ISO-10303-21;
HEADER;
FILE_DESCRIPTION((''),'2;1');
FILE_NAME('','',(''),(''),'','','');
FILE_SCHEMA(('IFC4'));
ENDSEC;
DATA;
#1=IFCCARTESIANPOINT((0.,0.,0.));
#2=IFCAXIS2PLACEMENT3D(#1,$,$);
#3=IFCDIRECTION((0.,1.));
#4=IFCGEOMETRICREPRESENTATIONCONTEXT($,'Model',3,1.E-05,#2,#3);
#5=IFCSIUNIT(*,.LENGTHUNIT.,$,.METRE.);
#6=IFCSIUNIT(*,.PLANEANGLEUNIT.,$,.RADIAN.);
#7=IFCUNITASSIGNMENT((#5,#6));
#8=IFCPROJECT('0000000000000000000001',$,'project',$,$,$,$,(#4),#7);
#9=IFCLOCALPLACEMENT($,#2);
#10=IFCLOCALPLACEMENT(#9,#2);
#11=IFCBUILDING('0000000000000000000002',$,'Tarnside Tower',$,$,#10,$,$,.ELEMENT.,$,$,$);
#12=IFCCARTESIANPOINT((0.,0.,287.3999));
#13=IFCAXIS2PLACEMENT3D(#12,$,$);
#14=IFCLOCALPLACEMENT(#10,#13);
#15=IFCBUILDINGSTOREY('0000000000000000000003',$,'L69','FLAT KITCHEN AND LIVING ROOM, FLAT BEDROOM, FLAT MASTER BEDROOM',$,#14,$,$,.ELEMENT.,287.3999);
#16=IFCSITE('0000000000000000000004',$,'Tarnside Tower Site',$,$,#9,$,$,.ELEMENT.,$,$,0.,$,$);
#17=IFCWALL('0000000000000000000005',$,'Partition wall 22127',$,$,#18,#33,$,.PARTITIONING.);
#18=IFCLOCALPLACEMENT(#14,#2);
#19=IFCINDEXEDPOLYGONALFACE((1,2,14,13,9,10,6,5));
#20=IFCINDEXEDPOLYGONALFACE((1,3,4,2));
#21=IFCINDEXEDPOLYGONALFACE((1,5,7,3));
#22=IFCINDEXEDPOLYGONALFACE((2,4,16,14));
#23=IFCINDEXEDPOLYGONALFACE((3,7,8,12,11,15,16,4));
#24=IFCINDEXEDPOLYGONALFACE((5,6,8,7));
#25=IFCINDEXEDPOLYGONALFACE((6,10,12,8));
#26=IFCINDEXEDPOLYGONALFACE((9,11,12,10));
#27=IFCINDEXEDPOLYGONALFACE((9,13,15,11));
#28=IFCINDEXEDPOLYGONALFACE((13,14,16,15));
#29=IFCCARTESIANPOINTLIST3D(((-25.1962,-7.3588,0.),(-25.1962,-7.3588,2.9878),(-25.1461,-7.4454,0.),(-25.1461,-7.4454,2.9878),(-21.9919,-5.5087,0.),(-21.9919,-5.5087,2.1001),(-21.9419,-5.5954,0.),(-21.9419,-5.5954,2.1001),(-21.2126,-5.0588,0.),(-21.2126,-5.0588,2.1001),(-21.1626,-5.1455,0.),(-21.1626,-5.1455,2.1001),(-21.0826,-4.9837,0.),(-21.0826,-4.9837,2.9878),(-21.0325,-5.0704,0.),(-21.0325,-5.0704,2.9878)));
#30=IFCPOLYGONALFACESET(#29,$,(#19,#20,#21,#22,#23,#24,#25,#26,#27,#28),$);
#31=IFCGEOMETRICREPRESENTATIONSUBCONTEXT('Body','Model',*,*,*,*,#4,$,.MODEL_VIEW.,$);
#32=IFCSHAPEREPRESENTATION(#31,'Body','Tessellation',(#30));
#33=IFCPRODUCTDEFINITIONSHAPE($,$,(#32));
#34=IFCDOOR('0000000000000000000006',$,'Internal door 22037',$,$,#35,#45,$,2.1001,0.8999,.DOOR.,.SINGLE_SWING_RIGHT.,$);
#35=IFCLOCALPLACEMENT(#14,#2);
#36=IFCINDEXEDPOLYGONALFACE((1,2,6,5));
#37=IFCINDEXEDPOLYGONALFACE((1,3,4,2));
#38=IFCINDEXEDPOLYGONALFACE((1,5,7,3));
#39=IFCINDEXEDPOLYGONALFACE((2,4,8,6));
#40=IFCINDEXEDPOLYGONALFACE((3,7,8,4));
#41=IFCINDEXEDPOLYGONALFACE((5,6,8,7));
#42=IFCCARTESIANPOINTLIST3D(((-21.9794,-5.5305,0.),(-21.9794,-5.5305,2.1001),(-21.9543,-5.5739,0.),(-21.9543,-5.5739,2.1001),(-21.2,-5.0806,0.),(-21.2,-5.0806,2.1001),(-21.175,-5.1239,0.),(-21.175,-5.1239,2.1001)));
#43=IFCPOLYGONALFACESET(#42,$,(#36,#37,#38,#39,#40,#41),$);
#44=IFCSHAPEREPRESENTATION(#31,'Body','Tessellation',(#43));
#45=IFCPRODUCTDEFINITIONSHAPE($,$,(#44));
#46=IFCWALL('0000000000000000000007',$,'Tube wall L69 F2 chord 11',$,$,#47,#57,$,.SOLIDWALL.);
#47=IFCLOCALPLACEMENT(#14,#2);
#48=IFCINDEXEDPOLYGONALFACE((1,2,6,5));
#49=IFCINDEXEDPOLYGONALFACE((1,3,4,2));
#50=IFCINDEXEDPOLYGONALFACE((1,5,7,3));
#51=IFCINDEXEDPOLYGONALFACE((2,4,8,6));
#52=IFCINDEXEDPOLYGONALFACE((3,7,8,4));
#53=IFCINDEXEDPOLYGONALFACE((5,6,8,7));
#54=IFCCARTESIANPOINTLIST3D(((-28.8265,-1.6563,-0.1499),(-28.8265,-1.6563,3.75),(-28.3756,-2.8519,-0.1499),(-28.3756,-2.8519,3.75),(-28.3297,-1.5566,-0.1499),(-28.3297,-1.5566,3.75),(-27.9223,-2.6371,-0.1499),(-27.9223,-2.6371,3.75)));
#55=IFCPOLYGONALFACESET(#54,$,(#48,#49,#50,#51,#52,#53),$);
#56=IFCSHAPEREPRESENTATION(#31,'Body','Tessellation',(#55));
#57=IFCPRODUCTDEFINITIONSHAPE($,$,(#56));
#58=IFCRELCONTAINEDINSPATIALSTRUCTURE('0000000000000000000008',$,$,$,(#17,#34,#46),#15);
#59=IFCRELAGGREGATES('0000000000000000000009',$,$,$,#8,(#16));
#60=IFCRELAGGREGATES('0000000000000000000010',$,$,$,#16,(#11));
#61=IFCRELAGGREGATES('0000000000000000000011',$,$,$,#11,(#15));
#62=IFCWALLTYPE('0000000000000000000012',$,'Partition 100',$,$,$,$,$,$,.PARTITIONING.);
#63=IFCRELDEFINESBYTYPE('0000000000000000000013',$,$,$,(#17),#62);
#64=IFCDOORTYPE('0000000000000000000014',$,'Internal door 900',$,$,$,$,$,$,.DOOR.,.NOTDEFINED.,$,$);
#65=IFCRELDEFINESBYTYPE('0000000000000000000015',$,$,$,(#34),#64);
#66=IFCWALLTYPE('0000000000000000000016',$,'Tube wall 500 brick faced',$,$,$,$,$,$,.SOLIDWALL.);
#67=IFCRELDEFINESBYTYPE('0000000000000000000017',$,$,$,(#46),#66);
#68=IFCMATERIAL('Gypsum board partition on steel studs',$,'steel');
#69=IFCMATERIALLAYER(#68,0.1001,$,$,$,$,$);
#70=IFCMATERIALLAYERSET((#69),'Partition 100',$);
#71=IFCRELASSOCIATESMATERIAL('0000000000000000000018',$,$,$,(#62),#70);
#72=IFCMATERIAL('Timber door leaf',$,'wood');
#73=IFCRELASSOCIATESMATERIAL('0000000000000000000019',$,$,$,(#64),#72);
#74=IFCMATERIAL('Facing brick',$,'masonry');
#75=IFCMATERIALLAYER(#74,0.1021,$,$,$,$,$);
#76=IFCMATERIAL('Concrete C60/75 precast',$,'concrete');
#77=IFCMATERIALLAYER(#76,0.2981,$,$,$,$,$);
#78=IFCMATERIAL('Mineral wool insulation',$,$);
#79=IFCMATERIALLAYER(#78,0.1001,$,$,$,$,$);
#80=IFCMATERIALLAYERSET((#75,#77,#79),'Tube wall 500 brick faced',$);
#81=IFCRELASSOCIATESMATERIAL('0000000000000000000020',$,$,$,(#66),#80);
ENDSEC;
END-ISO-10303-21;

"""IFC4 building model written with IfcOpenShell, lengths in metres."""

from ifc_helpers import new_model, si_unit, direction, frame, frame_2d, origin, place, context, subcontext, project, spatial, polyline, rectangle, outline, extrude, material, layer, layer_set, type_object, element, fill, save


model = new_model("IFC4")

# Units and contexts
model_context = context("Model", 3, precision=1e-05, world=origin(), true_north=direction((0.0, 1.0)))
body_context = subcontext(model_context, "Body", "Model", "MODEL_VIEW")
ifc_project = project(units=[si_unit("LENGTHUNIT", "METRE"), si_unit("PLANEANGLEUNIT", "RADIAN")], contexts=[model_context])

# Site, building, storey
site_placement = place(None, origin())
site = spatial("IfcSite", under=ifc_project, at=site_placement, Name="Tarnside Tower Site", CompositionType="ELEMENT", RefElevation=0.0)
building_placement = place(site_placement, origin())
building = spatial("IfcBuilding", under=site, at=building_placement, Name="Tarnside Tower", CompositionType="ELEMENT")
storey_placement = place(building_placement, frame((0.0, 0.0, 287.3999)))
storey = spatial("IfcBuildingStorey", under=building, at=storey_placement, Name="L69", Description="FLAT KITCHEN AND LIVING ROOM, FLAT BEDROOM, FLAT MASTER BEDROOM", CompositionType="ELEMENT", Elevation=287.3999)

# Shared definitions
ifc_material_1 = material(Name="Gypsum board partition on steel studs", Category="steel")

# Wall, opening, door
ifc_layer_1 = layer(ifc_material_1, 0.1001)
ifc_layer_set_1 = layer_set([ifc_layer_1], Name="Partition 100")
wall_type_1 = type_object("IfcWallType", Name="Partition 100", PredefinedType="PARTITIONING", material=ifc_layer_set_1)
wall_1_placement = place(storey_placement, frame((-25.1711, -7.4021, 0.0), z_axis=(0.0, 0.0, 1.0), x_axis=(0.86602, 0.500009, 0.0)))
wall_1 = element("IfcWall", 1, at=wall_1_placement, inside=storey, type_object=wall_type_1, Name="Partition wall 22127", PredefinedType="PARTITIONING", context=body_context, shape_type="SweptSolid", body=[
    extrude(rectangle(XDim=4.75, YDim=0.1001, at=frame_2d((2.375, 0.0))), origin(), (0.0, 0.0, 1.0), 2.9878),
])
opening_1_placement = place(wall_1_placement, frame((3.7, 0.0, 0.0)))
opening_1 = element("IfcOpeningElement", 2, at=opening_1_placement, cuts=wall_1, PredefinedType="OPENING", context=body_context, shape_type="SweptSolid", body=[
    extrude(rectangle(XDim=0.8999, YDim=2.1001, at=frame_2d((0.45, 1.05))), frame((0.0, 0.0601, 0.0), z_axis=(0.0, -1.0, 0.0), x_axis=(1.0, 0.0, 0.0)), (0.0, 0.0, 1.0), 0.1201),
])
ifc_material_2 = material(Name="Timber door leaf", Category="wood")
door_type = type_object("IfcDoorType", Name="Internal door 900", OperationType="NOTDEFINED", PredefinedType="DOOR", material=ifc_material_2)
door_placement = place(opening_1_placement, origin())
door = element("IfcDoor", 3, at=door_placement, inside=storey, type_object=door_type, Name="Internal door 22037", OperationType="SINGLE_SWING_RIGHT", OverallHeight=2.1001, OverallWidth=0.8999, PredefinedType="DOOR", context=body_context, shape_type="SweptSolid", body=[
    extrude(rectangle(XDim=0.8999, YDim=2.1001, at=frame_2d((0.45, 1.05))), frame((0.0, 0.0249, 0.0), z_axis=(0.0, -1.0, 0.0), x_axis=(1.0, 0.0, 0.0)), (0.0, 0.0, 1.0), 0.05),
])
fill(opening_1, door)

# Wall
ifc_material_3 = material(Name="Facing brick", Category="masonry")
ifc_layer_2 = layer(ifc_material_3, 0.1021)
ifc_material_4 = material(Name="Concrete C60/75 precast", Category="concrete")
ifc_layer_3 = layer(ifc_material_4, 0.2981)
ifc_material_5 = material(Name="Mineral wool insulation")
ifc_layer_4 = layer(ifc_material_5, 0.1001)
ifc_layer_set_2 = layer_set([ifc_layer_2, ifc_layer_3, ifc_layer_4], Name="Tube wall 500 brick faced")
wall_type_2 = type_object("IfcWallType", Name="Tube wall 500 brick faced", PredefinedType="SOLIDWALL", material=ifc_layer_set_2)
wall_2_placement = place(storey_placement, frame((-28.5781, -1.6064, -0.1499), z_axis=(0.0, 0.0, 1.0), x_axis=(0.352838, -0.935684, 0.0)))
element("IfcWall", 4, at=wall_2_placement, inside=storey, type_object=wall_type_2, Name="Tube wall L69 F2 chord 11", PredefinedType="SOLIDWALL", context=body_context, shape_type="SweptSolid", body=[
    extrude(outline(polyline([(-0.041, -0.25), (1.2368, -0.25), (1.1958, 0.25), (0.041, 0.25), (-0.041, -0.25)])), origin(), (0.0, 0.0, 1.0), 3.8999),
])

save(model, "model.ifc")
